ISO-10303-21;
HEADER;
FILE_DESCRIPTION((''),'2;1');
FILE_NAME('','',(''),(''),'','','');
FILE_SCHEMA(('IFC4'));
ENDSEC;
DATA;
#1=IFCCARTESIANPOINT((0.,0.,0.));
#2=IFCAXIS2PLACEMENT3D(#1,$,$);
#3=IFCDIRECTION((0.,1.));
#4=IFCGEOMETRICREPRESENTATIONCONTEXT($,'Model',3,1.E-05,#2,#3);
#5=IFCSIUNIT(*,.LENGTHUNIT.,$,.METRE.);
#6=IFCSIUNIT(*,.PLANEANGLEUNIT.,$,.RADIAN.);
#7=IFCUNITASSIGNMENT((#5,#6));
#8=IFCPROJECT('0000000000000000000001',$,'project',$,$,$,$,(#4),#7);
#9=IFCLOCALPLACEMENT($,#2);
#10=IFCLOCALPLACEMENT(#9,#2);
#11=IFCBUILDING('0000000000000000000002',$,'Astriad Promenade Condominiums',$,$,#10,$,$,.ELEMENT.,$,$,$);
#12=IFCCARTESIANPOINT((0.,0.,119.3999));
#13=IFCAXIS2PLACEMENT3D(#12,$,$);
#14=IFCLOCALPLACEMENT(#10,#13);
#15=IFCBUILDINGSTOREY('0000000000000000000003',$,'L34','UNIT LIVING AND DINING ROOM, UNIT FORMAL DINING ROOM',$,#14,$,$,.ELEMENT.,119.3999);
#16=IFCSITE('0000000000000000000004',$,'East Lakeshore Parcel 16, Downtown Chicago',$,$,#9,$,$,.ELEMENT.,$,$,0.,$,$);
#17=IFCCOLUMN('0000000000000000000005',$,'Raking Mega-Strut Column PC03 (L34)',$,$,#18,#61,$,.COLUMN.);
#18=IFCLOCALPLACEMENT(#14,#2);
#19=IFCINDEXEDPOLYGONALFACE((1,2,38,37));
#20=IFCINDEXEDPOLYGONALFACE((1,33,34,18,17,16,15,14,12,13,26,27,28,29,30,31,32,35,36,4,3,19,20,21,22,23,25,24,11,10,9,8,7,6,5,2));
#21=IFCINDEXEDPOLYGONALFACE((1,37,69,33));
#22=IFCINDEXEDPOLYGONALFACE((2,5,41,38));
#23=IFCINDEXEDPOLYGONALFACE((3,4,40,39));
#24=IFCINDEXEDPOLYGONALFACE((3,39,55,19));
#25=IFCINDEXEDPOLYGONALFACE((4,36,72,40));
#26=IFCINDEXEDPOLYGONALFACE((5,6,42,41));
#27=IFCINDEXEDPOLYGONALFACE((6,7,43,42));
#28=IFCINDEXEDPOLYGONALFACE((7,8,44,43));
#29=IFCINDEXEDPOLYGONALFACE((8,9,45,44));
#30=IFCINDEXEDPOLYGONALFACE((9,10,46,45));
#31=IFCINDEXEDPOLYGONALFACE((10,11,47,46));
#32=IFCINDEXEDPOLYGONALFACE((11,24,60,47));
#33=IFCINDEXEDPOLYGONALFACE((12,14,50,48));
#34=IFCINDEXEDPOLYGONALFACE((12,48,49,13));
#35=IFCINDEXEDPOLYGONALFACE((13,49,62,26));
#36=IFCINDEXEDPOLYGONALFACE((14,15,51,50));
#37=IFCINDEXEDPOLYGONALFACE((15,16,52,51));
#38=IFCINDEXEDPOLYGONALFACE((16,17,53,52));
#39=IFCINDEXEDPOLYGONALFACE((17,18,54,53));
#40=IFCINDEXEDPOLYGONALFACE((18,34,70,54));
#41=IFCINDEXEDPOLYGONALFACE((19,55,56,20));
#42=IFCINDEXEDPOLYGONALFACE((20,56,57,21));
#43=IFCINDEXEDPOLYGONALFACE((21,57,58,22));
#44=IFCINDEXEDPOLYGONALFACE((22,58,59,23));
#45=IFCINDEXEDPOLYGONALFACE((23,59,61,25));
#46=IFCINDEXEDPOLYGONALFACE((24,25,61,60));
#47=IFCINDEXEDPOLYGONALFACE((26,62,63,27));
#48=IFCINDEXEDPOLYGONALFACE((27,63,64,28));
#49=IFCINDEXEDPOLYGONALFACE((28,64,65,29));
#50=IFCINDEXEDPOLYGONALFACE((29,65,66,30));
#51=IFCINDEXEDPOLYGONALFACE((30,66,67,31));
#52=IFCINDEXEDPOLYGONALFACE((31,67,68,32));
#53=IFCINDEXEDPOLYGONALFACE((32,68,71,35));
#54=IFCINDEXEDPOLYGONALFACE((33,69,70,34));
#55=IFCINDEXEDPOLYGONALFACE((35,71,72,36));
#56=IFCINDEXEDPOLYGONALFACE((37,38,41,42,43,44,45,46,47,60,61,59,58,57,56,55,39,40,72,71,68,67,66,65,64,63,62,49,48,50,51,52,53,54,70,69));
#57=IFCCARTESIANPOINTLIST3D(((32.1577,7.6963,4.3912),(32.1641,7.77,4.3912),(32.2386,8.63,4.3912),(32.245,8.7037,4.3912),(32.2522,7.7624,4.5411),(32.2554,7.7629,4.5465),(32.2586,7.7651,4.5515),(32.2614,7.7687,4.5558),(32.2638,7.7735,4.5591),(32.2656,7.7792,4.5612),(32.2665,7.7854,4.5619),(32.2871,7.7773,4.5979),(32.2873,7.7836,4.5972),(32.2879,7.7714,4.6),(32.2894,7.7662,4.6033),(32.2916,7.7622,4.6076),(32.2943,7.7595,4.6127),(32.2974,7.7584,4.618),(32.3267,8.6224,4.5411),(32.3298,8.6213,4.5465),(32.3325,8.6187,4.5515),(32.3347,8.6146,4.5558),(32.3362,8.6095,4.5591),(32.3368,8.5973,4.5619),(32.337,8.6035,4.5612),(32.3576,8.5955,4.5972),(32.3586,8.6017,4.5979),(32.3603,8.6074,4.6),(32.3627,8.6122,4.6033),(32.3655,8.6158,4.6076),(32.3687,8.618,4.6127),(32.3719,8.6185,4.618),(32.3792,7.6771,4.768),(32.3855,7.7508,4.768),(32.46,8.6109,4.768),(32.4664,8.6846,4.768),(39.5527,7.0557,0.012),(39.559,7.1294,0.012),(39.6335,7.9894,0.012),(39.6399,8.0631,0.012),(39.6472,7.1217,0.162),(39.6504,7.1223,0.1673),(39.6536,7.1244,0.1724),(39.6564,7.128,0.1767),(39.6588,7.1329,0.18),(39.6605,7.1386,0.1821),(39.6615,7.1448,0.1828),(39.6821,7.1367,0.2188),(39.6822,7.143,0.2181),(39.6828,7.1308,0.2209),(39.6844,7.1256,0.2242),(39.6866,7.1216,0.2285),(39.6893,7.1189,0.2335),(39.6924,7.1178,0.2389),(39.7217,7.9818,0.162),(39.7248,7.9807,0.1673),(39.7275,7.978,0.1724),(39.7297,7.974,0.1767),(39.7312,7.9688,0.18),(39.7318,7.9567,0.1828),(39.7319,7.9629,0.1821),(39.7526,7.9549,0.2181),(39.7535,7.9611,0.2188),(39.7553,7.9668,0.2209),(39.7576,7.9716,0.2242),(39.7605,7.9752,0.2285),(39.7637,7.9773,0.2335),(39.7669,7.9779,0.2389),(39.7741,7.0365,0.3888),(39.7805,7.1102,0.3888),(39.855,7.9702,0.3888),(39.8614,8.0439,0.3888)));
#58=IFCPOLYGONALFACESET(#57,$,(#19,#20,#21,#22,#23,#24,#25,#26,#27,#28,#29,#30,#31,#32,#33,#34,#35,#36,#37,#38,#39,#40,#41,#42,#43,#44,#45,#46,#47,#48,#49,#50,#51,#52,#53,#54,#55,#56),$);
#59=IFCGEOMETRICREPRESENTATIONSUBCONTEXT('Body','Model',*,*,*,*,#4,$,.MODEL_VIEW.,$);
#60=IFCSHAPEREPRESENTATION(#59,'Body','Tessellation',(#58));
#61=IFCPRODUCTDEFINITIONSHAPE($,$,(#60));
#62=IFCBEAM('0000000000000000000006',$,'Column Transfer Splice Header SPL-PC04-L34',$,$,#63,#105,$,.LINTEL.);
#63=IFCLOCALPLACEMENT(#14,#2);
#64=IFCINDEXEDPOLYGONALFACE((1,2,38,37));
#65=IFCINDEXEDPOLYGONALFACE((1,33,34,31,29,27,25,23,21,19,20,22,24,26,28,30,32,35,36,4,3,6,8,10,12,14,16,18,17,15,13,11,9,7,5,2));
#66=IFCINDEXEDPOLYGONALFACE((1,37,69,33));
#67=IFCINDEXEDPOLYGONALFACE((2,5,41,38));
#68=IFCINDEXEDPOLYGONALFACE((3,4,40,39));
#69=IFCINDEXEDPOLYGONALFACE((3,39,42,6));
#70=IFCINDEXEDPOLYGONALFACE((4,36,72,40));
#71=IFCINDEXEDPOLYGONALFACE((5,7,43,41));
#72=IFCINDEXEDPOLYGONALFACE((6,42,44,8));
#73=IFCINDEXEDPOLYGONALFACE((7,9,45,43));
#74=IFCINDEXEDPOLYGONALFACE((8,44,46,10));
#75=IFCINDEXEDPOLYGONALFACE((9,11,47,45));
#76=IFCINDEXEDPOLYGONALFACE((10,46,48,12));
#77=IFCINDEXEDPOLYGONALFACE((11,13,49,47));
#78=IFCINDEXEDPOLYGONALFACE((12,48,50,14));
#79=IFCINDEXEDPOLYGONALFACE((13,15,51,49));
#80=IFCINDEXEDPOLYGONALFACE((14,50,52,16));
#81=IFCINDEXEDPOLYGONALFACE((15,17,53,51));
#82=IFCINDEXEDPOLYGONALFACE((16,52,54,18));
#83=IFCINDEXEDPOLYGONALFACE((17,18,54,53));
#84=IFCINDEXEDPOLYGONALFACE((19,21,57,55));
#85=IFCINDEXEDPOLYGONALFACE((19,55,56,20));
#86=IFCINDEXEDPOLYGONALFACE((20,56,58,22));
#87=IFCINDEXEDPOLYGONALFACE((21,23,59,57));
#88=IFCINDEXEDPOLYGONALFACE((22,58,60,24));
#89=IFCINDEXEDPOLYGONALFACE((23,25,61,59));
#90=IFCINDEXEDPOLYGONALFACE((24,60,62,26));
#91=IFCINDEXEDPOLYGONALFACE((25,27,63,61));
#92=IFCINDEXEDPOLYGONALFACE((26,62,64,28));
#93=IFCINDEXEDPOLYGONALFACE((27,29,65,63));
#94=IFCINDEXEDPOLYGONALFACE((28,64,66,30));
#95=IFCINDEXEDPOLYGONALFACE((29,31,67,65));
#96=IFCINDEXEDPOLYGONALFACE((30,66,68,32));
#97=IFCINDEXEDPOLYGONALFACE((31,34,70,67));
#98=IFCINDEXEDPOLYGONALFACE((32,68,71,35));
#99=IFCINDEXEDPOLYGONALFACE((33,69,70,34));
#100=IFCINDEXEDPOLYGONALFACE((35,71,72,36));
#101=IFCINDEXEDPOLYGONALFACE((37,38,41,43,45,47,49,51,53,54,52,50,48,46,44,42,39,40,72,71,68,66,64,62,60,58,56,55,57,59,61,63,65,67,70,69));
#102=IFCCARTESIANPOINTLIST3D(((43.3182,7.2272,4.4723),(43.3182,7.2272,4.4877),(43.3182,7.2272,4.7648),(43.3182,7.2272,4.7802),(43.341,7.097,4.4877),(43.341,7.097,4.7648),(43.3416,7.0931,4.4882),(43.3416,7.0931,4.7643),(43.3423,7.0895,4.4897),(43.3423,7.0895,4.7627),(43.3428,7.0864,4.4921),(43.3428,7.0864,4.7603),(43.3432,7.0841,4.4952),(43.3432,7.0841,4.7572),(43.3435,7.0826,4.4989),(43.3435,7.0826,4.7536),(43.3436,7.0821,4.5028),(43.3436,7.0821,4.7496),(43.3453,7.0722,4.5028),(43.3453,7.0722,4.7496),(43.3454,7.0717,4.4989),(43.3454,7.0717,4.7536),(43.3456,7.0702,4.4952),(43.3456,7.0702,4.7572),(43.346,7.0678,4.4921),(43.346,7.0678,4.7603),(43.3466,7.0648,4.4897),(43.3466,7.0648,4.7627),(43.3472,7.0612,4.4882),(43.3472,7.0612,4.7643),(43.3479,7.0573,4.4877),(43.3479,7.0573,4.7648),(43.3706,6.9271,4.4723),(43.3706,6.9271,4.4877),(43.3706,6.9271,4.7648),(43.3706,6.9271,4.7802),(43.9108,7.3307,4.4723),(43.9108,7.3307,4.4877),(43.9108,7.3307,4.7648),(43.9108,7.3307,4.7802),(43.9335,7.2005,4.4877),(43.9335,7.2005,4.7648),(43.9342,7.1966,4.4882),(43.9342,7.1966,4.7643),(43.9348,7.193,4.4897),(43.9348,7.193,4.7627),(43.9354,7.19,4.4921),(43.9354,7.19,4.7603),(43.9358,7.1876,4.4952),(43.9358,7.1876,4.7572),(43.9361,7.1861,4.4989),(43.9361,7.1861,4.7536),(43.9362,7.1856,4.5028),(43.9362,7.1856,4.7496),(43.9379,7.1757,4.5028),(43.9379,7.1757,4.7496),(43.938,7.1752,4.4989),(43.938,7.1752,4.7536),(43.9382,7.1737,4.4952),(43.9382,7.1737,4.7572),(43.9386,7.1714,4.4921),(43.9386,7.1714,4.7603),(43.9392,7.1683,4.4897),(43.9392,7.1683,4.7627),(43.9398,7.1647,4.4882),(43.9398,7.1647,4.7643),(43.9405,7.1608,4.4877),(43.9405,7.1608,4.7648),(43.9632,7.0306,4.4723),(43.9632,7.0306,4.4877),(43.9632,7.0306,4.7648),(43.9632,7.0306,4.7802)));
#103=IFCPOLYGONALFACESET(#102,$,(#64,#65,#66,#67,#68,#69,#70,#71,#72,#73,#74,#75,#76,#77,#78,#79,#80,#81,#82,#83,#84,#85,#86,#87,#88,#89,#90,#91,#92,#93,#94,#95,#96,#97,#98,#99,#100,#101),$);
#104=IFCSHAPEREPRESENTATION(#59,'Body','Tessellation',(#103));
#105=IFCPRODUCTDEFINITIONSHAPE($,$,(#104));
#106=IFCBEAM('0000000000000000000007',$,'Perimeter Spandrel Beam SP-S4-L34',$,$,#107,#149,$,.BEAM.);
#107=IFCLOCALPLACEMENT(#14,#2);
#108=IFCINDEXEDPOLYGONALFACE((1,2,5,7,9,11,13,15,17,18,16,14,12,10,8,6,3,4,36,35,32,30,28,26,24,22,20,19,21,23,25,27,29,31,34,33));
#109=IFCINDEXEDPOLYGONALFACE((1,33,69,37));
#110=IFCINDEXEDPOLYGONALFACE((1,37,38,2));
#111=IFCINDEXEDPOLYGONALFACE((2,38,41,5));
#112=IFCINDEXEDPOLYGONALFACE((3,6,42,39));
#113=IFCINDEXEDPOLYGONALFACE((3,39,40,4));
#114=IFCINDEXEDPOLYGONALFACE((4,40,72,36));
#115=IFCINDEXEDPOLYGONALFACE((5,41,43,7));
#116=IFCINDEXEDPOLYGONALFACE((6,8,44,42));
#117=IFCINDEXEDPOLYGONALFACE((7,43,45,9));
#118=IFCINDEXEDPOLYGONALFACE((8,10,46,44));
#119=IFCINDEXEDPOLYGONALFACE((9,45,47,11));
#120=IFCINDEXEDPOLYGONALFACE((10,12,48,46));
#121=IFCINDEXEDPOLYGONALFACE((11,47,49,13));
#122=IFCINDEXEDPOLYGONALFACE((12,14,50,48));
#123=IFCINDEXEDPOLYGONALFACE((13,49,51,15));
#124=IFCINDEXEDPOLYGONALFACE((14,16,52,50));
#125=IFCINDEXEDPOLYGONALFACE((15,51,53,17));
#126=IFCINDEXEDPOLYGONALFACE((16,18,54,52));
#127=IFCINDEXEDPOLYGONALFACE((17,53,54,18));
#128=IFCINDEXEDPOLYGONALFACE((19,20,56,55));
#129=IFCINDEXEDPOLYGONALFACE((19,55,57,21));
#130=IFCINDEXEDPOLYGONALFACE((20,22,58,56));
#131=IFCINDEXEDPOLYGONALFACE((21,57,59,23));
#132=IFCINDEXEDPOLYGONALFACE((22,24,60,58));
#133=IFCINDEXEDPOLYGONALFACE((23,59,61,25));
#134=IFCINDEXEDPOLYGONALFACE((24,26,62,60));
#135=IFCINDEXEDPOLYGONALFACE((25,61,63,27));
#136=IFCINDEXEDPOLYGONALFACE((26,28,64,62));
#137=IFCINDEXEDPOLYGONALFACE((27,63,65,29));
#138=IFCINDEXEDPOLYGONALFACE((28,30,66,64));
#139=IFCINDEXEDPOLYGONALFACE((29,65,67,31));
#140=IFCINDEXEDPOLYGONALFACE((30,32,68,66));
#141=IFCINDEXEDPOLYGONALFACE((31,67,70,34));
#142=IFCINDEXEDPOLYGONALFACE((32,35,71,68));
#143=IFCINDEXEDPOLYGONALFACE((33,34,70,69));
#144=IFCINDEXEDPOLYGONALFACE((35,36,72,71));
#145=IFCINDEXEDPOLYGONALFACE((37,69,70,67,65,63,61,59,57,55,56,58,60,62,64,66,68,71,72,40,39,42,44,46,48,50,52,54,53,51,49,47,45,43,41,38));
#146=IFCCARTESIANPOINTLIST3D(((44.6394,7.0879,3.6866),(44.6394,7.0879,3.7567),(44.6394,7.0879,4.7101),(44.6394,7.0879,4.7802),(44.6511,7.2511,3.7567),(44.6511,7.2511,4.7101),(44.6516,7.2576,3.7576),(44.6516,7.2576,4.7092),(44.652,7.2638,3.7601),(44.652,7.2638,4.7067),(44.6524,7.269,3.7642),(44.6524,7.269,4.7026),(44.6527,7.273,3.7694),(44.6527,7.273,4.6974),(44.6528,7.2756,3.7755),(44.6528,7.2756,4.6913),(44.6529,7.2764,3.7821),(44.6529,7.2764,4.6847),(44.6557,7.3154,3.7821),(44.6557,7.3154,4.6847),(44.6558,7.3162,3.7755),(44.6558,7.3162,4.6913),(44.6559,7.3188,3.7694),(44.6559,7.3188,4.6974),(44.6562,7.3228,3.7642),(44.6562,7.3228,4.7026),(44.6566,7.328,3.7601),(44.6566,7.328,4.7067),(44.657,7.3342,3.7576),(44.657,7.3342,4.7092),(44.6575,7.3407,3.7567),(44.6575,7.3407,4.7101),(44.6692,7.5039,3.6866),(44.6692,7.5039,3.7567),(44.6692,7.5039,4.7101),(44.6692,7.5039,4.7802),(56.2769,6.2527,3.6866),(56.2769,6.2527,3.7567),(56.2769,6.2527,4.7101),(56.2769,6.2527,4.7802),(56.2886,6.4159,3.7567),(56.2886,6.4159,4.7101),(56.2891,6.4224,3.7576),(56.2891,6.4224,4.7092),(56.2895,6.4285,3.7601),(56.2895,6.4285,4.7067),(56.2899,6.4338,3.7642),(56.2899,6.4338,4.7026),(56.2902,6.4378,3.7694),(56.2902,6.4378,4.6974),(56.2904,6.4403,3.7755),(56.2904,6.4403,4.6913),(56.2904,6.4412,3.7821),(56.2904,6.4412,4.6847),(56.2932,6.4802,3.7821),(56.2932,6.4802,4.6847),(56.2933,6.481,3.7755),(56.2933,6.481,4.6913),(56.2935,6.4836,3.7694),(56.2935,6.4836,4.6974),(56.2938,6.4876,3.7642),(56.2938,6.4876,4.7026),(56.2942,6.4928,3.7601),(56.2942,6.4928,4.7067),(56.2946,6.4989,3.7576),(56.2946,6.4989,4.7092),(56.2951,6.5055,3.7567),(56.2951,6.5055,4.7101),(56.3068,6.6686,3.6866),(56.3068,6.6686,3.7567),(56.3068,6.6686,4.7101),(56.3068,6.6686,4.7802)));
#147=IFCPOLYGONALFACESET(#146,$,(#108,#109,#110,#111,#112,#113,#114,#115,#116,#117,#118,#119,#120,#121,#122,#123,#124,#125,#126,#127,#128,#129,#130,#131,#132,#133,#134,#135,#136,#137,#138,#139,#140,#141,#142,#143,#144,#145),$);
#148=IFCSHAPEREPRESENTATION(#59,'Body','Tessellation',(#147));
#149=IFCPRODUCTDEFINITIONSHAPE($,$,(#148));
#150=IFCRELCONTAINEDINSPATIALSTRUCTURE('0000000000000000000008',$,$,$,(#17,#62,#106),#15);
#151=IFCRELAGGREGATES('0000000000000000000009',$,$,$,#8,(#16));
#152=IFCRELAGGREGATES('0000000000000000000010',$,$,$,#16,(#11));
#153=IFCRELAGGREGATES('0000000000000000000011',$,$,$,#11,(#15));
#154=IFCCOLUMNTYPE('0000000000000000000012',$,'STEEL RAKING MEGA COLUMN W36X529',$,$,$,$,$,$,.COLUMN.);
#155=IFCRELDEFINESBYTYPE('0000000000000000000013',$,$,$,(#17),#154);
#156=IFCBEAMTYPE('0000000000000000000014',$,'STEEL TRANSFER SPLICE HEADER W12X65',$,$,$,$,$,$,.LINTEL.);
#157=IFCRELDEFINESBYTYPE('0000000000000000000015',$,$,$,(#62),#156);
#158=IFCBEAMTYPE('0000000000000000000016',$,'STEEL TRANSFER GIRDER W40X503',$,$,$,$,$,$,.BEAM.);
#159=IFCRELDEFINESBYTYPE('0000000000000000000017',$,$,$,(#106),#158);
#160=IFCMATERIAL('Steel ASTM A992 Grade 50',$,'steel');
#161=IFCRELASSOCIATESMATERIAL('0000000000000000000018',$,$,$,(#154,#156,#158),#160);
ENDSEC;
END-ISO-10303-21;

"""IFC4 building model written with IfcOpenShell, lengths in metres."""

from ifc_helpers import new_model, si_unit, direction, frame, origin, origin_2d, place, context, subcontext, project, spatial, i_section, extrude, source, transform, mapped, material, material_profile, profile_set, type_object, type_shapes, element, save


model = new_model("IFC4")

# Units and contexts
model_context = context("Model", 3, precision=1e-05, world=origin(), true_north=direction((0.0, 1.0)))
body_context = subcontext(model_context, "Body", "Model", "MODEL_VIEW")
ifc_project = project(units=[si_unit("LENGTHUNIT", "METRE"), si_unit("PLANEANGLEUNIT", "RADIAN")], contexts=[model_context])

# Site, building, storey
site_placement = place(None, origin())
site = spatial("IfcSite", under=ifc_project, at=site_placement, Name="East Lakeshore Parcel 16, Downtown Chicago", CompositionType="ELEMENT", RefElevation=0.0)
building_placement = place(site_placement, origin())
building = spatial("IfcBuilding", under=site, at=building_placement, Name="Astriad Promenade Condominiums", CompositionType="ELEMENT")
storey_placement = place(building_placement, frame((0.0, 0.0, 119.3999)))
storey = spatial("IfcBuildingStorey", under=building, at=storey_placement, Name="L34", Description="UNIT LIVING AND DINING ROOM, UNIT FORMAL DINING ROOM", CompositionType="ELEMENT", Elevation=119.3999)

# Column
ifc_material_1 = material(Name="Steel ASTM A992 Grade 50", Category="steel")
ifc_material_profile_1 = material_profile(ifc_material_1, i_section(OverallWidth=0.4375, OverallDepth=1.0112, WebThickness=0.041, FlangeThickness=0.074, FilletRadius=0.0242, at=origin_2d()), Name="W36X529")
ifc_profile_set_1 = profile_set([ifc_material_profile_1], Name="Steel ASTM A992 Grade 50")
column_type = type_object("IfcColumnType", Name="STEEL RAKING MEGA COLUMN W36X529", PredefinedType="COLUMN", material=ifc_profile_set_1)
shared_shape_1 = source(origin(), body_context, "Body", "SweptSolid", [
    extrude(i_section(OverallWidth=0.4375, OverallDepth=1.0112, WebThickness=0.041, FlangeThickness=0.074, FilletRadius=0.0242, at=origin_2d()), origin(), (0.0, 0.0, 1.0), 8.6182),
])
type_shapes(column_type, [shared_shape_1])
column_placement = place(storey_placement, frame((39.707, 7.5498, 0.2004), z_axis=(-0.858068, 0.074334, 0.508127), x_axis=(0.506231, -0.043854, 0.861282)))
element("IfcColumn", 1, at=column_placement, inside=storey, type_object=column_type, Name="Raking Mega-Strut Column PC03 (L34)", PredefinedType="COLUMN", context=body_context, shape_type="MappedRepresentation", body=[
    mapped(shared_shape_1, transform((0.0, 0.0, 0.0), scale=1.0)),
])

# Beams
ifc_material_profile_2 = material_profile(ifc_material_1, i_section(OverallWidth=0.3047, OverallDepth=0.3079, WebThickness=0.01, FlangeThickness=0.0154, FilletRadius=0.0151, at=origin_2d()), Name="W12X65")
ifc_profile_set_2 = profile_set([ifc_material_profile_2], Name="Steel ASTM A992 Grade 50")
beam_type_1 = type_object("IfcBeamType", Name="STEEL TRANSFER SPLICE HEADER W12X65", PredefinedType="LINTEL", material=ifc_profile_set_2)
shared_shape_2 = source(origin(), body_context, "Body", "SweptSolid", [
    extrude(i_section(OverallWidth=0.3047, OverallDepth=0.3079, WebThickness=0.01, FlangeThickness=0.0154, FilletRadius=0.0151, at=origin_2d()), origin(), (0.0, 0.0, 1.0), 0.6016),
])
type_shapes(beam_type_1, [shared_shape_2])
beam_1_placement = place(storey_placement, frame((43.937, 7.1807, 4.6262), z_axis=(-0.98508, -0.172095, 0.0), x_axis=(0.172095, -0.98508, 0.0)))
element("IfcBeam", 2, at=beam_1_placement, inside=storey, type_object=beam_type_1, Name="Column Transfer Splice Header SPL-PC04-L34", PredefinedType="LINTEL", context=body_context, shape_type="MappedRepresentation", body=[
    mapped(shared_shape_2, transform((0.0, 0.0, 0.0), scale=1.0)),
])
ifc_material_profile_3 = material_profile(ifc_material_1, i_section(OverallWidth=0.417, OverallDepth=1.0935, WebThickness=0.0391, FlangeThickness=0.0701, FilletRadius=0.0254, at=origin_2d()), Name="W40X503")
ifc_profile_set_3 = profile_set([ifc_material_profile_3], Name="Steel ASTM A992 Grade 50")
beam_type_2 = type_object("IfcBeamType", Name="STEEL TRANSFER GIRDER W40X503", PredefinedType="BEAM", material=ifc_profile_set_3)
shared_shape_3 = source(origin(), body_context, "Body", "SweptSolid", [
    extrude(i_section(OverallWidth=0.417, OverallDepth=1.0935, WebThickness=0.0391, FlangeThickness=0.0701, FilletRadius=0.0254, at=origin_2d()), origin(), (0.0, 0.0, 1.0), 11.6675),
])
type_shapes(beam_type_2, [shared_shape_3])
beam_2_placement = place(storey_placement, frame((44.6543, 7.2959, 4.2334), z_axis=(0.997435, -0.071585, 0.0), x_axis=(0.071585, 0.997435, 0.0)))
element("IfcBeam", 3, at=beam_2_placement, inside=storey, type_object=beam_type_2, Name="Perimeter Spandrel Beam SP-S4-L34", PredefinedType="BEAM", context=body_context, shape_type="MappedRepresentation", body=[
    mapped(shared_shape_3, transform((0.0, 0.0, 0.0), scale=1.0)),
])

save(model, "model.ifc")
